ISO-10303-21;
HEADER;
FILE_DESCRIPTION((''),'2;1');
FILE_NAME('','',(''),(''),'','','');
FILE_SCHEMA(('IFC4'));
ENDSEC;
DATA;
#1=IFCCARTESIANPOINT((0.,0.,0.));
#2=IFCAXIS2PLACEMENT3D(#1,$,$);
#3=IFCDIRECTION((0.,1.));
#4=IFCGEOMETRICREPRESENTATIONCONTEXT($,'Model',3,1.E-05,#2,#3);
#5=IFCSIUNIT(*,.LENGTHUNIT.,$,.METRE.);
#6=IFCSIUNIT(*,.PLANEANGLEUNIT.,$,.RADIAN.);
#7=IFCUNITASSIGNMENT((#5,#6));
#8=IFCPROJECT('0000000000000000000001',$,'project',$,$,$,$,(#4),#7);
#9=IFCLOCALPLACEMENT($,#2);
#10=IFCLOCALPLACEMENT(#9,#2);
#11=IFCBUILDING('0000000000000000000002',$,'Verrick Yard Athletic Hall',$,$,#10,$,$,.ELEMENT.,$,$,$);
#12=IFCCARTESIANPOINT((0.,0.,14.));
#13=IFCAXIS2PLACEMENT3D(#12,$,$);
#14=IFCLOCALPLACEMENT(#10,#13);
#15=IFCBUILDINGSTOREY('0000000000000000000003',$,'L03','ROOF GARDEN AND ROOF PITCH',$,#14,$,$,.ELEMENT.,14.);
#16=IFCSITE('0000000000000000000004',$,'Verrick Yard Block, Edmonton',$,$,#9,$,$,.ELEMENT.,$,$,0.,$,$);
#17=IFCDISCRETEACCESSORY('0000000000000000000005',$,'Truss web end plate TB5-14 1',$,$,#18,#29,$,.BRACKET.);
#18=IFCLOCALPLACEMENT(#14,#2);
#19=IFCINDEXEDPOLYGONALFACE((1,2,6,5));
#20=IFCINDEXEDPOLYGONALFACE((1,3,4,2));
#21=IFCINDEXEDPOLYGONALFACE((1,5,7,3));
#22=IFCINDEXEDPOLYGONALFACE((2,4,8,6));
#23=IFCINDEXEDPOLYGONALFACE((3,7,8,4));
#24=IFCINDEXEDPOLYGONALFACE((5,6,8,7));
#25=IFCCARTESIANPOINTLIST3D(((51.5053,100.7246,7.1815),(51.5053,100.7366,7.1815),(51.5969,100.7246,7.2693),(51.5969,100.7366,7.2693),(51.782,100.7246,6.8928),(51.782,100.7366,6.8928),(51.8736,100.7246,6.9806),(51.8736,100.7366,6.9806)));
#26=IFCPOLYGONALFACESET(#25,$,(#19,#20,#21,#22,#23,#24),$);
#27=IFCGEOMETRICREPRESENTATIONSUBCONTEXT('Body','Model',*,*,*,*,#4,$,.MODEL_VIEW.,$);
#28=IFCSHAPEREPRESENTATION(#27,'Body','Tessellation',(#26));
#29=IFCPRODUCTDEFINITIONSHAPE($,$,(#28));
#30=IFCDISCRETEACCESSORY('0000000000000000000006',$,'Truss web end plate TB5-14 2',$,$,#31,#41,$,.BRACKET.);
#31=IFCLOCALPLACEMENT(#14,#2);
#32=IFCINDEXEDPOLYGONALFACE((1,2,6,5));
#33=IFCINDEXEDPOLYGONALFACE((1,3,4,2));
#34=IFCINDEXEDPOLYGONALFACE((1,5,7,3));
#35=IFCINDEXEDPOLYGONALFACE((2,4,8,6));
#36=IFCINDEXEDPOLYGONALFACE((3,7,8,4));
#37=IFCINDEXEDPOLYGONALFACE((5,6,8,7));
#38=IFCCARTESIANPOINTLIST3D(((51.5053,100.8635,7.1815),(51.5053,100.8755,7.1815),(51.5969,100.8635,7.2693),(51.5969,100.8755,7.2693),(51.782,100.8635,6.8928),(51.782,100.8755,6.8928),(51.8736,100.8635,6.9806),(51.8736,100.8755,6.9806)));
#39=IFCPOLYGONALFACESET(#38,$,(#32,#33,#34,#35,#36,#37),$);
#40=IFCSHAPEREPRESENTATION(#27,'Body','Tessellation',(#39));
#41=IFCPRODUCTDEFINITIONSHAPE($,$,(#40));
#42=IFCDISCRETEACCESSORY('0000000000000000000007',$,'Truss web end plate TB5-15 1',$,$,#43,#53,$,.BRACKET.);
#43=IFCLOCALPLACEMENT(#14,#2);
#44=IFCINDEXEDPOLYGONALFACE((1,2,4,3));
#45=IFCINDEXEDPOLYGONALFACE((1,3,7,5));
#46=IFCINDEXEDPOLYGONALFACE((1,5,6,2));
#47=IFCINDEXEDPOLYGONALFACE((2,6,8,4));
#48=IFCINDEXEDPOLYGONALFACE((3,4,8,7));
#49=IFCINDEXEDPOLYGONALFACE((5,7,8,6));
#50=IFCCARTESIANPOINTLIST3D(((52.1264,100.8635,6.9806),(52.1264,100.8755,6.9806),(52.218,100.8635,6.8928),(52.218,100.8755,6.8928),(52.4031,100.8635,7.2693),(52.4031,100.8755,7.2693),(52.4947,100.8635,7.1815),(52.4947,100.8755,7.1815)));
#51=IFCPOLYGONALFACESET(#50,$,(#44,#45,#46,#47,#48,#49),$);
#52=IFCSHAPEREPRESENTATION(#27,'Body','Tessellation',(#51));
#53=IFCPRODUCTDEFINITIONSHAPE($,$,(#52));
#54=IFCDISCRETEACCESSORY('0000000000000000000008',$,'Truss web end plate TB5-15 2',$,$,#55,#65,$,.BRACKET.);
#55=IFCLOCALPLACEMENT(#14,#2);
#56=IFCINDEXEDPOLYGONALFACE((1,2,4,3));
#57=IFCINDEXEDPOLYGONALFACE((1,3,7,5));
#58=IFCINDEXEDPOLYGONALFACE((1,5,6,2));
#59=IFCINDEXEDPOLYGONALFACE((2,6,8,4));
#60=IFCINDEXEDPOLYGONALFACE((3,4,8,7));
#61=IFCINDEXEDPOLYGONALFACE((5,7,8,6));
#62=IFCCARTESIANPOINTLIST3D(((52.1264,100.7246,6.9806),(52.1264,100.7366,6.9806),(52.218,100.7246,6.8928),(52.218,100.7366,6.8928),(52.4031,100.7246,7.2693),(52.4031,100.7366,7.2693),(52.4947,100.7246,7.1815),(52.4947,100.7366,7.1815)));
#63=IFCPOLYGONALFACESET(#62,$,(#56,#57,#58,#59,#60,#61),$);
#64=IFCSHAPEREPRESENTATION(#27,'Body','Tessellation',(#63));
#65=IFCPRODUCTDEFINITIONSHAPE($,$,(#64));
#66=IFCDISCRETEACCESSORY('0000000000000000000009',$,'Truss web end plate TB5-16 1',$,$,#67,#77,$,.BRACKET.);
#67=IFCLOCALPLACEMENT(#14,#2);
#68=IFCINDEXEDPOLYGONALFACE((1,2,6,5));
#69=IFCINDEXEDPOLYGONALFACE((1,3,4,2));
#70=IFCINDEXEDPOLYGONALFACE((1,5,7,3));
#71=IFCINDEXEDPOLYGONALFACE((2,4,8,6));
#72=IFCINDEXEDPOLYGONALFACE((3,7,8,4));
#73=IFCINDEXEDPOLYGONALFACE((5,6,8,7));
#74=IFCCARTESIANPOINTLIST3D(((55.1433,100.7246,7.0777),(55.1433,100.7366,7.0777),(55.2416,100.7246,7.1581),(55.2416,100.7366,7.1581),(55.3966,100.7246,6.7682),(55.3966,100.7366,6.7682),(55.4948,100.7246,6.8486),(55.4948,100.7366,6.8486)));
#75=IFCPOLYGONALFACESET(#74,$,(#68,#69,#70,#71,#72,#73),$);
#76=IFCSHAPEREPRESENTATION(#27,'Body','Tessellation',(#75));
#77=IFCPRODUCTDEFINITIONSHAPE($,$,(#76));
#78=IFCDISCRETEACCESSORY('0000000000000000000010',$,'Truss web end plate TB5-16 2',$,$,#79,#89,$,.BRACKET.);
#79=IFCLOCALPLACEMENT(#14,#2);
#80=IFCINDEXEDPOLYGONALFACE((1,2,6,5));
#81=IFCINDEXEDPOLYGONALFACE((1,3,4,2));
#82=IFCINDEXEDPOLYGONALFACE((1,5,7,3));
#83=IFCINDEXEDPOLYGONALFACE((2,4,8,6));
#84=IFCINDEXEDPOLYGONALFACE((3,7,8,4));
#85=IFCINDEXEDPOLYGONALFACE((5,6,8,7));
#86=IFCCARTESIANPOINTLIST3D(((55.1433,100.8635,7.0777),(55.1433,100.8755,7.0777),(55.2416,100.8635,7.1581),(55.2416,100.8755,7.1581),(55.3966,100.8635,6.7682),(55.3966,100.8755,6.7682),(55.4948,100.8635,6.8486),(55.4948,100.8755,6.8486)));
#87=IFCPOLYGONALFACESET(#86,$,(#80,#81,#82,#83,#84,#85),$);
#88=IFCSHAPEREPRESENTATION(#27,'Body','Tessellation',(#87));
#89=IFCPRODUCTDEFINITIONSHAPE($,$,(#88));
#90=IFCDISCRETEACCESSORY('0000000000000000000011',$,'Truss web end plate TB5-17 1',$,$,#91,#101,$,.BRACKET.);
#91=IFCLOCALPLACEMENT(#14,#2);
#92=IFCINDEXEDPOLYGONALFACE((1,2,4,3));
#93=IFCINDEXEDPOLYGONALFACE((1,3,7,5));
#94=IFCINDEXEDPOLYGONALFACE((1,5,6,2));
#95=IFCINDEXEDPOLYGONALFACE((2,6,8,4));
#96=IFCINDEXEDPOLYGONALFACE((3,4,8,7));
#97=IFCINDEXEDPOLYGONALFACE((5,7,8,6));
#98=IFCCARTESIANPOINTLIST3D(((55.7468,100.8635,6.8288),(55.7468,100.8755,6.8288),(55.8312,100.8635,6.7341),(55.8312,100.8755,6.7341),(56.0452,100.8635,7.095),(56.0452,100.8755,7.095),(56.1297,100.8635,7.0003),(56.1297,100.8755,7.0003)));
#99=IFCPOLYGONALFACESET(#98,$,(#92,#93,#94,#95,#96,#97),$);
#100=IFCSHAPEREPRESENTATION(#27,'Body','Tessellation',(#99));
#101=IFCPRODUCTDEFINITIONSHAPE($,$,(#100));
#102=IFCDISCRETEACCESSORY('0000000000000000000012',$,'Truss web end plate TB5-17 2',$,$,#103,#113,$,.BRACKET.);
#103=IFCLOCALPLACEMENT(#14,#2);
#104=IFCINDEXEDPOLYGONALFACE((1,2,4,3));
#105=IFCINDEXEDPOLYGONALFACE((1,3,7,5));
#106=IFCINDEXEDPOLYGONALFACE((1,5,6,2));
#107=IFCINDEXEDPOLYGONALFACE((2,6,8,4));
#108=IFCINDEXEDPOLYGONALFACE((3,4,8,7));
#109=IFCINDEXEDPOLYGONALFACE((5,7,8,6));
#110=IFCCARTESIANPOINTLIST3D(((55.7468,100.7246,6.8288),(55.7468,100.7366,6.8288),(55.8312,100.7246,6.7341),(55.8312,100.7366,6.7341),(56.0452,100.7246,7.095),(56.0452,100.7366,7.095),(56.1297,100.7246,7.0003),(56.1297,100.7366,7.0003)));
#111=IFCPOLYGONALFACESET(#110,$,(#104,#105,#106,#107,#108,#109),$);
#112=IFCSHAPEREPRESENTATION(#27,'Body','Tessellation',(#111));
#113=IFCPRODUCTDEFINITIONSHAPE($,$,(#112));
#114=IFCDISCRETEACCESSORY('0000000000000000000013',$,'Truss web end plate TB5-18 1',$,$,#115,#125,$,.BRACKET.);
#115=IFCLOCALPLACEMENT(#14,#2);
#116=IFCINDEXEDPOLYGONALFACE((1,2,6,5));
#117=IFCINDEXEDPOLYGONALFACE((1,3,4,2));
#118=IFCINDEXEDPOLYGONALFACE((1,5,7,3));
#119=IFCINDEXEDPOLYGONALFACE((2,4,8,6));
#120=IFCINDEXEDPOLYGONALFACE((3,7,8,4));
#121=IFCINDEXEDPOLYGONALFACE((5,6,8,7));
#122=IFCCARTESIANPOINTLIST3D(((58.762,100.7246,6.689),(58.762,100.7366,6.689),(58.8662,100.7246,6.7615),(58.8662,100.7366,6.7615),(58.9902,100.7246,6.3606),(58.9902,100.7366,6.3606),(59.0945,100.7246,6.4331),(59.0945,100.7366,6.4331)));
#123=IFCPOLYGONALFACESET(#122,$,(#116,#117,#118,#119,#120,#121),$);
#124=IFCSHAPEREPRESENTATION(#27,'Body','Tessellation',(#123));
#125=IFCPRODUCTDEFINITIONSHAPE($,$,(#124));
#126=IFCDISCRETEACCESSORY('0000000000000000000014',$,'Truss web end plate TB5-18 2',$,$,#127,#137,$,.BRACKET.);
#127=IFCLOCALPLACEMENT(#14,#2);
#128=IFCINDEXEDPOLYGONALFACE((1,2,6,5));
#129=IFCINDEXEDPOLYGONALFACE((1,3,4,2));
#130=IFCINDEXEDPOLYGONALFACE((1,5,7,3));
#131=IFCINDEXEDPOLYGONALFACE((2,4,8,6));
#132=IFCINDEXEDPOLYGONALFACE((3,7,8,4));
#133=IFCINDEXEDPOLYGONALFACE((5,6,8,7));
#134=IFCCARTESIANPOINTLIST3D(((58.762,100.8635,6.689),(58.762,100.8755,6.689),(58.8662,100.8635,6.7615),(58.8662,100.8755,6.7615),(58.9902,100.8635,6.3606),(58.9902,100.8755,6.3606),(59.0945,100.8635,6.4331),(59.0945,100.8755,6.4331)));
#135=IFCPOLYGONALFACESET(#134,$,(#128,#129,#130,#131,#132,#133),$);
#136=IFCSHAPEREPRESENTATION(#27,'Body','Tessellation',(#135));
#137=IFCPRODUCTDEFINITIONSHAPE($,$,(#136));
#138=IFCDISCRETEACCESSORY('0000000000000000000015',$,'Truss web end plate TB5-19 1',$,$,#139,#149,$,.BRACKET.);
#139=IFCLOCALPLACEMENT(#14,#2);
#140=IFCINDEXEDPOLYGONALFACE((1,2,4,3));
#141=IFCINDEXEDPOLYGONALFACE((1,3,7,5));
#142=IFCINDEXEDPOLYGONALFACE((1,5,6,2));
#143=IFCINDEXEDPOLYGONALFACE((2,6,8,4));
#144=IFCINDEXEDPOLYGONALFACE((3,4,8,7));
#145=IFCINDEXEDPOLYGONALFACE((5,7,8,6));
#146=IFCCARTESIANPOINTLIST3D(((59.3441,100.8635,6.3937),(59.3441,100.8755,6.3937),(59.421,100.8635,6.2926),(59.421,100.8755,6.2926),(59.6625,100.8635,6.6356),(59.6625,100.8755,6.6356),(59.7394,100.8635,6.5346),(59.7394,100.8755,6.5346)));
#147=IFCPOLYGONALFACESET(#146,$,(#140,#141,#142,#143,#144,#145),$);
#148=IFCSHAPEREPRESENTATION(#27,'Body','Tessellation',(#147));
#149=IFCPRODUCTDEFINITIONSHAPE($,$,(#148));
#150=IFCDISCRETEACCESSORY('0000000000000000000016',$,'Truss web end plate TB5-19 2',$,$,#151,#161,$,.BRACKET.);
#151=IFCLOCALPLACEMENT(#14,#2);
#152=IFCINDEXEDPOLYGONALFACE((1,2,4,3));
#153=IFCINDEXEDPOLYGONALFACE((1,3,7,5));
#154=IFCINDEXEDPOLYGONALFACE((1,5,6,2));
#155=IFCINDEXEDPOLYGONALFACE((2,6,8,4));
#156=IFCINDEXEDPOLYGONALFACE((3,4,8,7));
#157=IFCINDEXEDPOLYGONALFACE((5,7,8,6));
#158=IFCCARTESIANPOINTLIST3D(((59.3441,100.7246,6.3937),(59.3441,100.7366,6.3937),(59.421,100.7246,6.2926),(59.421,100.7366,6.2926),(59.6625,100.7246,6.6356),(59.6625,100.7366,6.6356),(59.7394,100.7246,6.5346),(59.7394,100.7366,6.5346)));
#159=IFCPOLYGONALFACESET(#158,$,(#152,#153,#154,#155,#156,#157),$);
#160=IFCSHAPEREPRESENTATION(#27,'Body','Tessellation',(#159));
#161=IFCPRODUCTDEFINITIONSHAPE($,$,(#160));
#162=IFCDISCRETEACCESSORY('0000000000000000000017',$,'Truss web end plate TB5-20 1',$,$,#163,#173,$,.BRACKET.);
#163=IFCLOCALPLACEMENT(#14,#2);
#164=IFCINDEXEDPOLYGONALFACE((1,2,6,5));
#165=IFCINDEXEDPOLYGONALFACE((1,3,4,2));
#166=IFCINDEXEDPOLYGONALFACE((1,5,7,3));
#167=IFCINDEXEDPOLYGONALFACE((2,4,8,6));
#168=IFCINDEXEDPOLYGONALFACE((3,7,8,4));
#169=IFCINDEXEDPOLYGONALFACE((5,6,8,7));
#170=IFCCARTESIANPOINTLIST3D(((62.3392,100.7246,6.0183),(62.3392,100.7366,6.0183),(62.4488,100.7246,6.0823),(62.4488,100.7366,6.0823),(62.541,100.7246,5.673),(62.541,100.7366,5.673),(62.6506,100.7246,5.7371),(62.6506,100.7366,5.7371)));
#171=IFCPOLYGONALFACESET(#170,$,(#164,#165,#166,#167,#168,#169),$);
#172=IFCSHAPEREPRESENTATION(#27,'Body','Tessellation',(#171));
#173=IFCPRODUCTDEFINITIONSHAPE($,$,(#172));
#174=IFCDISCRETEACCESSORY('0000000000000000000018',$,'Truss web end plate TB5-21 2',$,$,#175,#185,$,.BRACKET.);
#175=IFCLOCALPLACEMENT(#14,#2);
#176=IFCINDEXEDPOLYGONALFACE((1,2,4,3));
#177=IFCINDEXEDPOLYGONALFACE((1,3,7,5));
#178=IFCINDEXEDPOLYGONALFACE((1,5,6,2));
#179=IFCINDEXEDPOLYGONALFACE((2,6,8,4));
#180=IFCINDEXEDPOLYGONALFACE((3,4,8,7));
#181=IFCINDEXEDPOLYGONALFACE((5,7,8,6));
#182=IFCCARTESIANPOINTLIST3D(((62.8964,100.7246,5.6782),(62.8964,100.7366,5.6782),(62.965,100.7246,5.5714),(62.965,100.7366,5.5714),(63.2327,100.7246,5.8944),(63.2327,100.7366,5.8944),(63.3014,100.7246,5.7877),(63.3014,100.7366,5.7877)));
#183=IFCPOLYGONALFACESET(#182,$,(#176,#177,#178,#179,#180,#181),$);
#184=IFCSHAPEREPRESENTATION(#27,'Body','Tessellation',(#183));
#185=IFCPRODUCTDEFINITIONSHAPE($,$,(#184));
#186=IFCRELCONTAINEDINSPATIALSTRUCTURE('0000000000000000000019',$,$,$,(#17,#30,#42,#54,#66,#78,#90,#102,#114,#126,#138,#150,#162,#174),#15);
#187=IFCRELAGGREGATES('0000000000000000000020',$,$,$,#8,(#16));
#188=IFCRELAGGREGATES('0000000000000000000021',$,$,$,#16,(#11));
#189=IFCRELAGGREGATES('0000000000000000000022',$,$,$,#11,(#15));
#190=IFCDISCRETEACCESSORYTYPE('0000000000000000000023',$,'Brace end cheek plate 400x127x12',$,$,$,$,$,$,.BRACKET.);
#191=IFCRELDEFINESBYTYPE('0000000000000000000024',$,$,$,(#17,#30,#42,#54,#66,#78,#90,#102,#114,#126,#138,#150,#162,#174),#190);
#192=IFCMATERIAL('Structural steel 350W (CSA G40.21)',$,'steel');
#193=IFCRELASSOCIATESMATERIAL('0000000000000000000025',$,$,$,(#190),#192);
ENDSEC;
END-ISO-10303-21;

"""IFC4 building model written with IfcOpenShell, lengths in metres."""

from ifc_helpers import new_model, si_unit, direction, frame, origin, origin_2d, place, context, subcontext, project, spatial, rectangle, extrude, material, material_profile, profile_set, type_object, element, save


model = new_model("IFC4")

# Units and contexts
model_context = context("Model", 3, precision=1e-05, world=origin(), true_north=direction((0.0, 1.0)))
body_context = subcontext(model_context, "Body", "Model", "MODEL_VIEW")
ifc_project = project(units=[si_unit("LENGTHUNIT", "METRE"), si_unit("PLANEANGLEUNIT", "RADIAN")], contexts=[model_context])

# Site, building, storey
site_placement = place(None, origin())
site = spatial("IfcSite", under=ifc_project, at=site_placement, Name="Verrick Yard Block, Edmonton", CompositionType="ELEMENT", RefElevation=0.0)
building_placement = place(site_placement, origin())
building = spatial("IfcBuilding", under=site, at=building_placement, Name="Verrick Yard Athletic Hall", CompositionType="ELEMENT")
storey_placement = place(building_placement, frame((0.0, 0.0, 14.0)))
storey = spatial("IfcBuildingStorey", under=building, at=storey_placement, Name="L03", Description="ROOF GARDEN AND ROOF PITCH", CompositionType="ELEMENT", Elevation=14.0)

# Discrete accessories
ifc_material_1 = material(Name="Structural steel 350W (CSA G40.21)", Category="steel")
ifc_material_profile_1 = material_profile(ifc_material_1, rectangle(XDim=0.3999, YDim=0.127, at=origin_2d()), Name="Brace end cheek plate")
ifc_profile_set_1 = profile_set([ifc_material_profile_1], Name="Structural steel 350W (CSA G40.21)")
discrete_accessory_type = type_object("IfcDiscreteAccessoryType", Name="Brace end cheek plate 400x127x12", PredefinedType="BRACKET", material=ifc_profile_set_1)
for number, where, z_axis, x_axis, name in (
    (1, (51.6895, 100.7366, 7.0811), (0.0, -1.0, 0.0), (-0.691925, 0.0, 0.721969), "Truss web end plate TB5-14 1"),
    (2, (51.6895, 100.8635, 7.0811), (0.0, 1.0, 0.0), (-0.691925, 0.0, 0.721969), "Truss web end plate TB5-14 2"),
    (3, (52.3105, 100.8635, 7.0811), (0.0, 1.0, 0.0), (0.691925, 0.0, 0.721969), "Truss web end plate TB5-15 1"),
    (4, (52.3105, 100.7366, 7.0811), (0.0, -1.0, 0.0), (0.691925, 0.0, 0.721969), "Truss web end plate TB5-15 2"),
    (5, (55.3191, 100.7366, 6.9631), (0.0, -1.0, 0.0), (-0.633246, 0.0, 0.773951), "Truss web end plate TB5-16 1"),
    (6, (55.3191, 100.8635, 6.9631), (0.0, 1.0, 0.0), (-0.633246, 0.0, 0.773951), "Truss web end plate TB5-16 2"),
    (7, (55.9382, 100.8635, 6.9146), (0.0, 1.0, 0.0), (0.746352, 0.0, 0.665551), "Truss web end plate TB5-17 1"),
    (8, (55.9382, 100.7366, 6.9146), (0.0, -1.0, 0.0), (0.746352, 0.0, 0.665551), "Truss web end plate TB5-17 2"),
    (9, (58.9282, 100.7366, 6.561), (0.0, -1.0, 0.0), (-0.570674, 0.0, 0.821176), "Truss web end plate TB5-18 1"),
    (10, (58.9282, 100.8635, 6.561), (0.0, 1.0, 0.0), (-0.570674, 0.0, 0.821176), "Truss web end plate TB5-18 2"),
    (11, (59.5417, 100.8635, 6.4641), (0.0, 1.0, 0.0), (0.796193, 0.0, 0.605042), "Truss web end plate TB5-19 1"),
    (12, (59.5417, 100.7366, 6.4641), (0.0, -1.0, 0.0), (0.796193, 0.0, 0.605042), "Truss web end plate TB5-19 2"),
    (13, (62.4949, 100.7366, 5.8777), (0.0, -1.0, 0.0), (-0.504597, 0.0, 0.863355), "Truss web end plate TB5-20 1"),
    (14, (63.0989, 100.7366, 5.7329), (0.0, -1.0, 0.0), (0.841141, 0.0, 0.540816), "Truss web end plate TB5-21 2"),
):
    element("IfcDiscreteAccessory", number, at=place(storey_placement, frame(where, z_axis=z_axis, x_axis=x_axis)), inside=storey, type_object=discrete_accessory_type, Name=name, PredefinedType="BRACKET", context=body_context, shape_type="SweptSolid", body=[
        extrude(rectangle(XDim=0.3999, YDim=0.127, at=origin_2d()), origin(), (0.0, 0.0, 1.0), 0.012),
    ])

save(model, "model.ifc")
